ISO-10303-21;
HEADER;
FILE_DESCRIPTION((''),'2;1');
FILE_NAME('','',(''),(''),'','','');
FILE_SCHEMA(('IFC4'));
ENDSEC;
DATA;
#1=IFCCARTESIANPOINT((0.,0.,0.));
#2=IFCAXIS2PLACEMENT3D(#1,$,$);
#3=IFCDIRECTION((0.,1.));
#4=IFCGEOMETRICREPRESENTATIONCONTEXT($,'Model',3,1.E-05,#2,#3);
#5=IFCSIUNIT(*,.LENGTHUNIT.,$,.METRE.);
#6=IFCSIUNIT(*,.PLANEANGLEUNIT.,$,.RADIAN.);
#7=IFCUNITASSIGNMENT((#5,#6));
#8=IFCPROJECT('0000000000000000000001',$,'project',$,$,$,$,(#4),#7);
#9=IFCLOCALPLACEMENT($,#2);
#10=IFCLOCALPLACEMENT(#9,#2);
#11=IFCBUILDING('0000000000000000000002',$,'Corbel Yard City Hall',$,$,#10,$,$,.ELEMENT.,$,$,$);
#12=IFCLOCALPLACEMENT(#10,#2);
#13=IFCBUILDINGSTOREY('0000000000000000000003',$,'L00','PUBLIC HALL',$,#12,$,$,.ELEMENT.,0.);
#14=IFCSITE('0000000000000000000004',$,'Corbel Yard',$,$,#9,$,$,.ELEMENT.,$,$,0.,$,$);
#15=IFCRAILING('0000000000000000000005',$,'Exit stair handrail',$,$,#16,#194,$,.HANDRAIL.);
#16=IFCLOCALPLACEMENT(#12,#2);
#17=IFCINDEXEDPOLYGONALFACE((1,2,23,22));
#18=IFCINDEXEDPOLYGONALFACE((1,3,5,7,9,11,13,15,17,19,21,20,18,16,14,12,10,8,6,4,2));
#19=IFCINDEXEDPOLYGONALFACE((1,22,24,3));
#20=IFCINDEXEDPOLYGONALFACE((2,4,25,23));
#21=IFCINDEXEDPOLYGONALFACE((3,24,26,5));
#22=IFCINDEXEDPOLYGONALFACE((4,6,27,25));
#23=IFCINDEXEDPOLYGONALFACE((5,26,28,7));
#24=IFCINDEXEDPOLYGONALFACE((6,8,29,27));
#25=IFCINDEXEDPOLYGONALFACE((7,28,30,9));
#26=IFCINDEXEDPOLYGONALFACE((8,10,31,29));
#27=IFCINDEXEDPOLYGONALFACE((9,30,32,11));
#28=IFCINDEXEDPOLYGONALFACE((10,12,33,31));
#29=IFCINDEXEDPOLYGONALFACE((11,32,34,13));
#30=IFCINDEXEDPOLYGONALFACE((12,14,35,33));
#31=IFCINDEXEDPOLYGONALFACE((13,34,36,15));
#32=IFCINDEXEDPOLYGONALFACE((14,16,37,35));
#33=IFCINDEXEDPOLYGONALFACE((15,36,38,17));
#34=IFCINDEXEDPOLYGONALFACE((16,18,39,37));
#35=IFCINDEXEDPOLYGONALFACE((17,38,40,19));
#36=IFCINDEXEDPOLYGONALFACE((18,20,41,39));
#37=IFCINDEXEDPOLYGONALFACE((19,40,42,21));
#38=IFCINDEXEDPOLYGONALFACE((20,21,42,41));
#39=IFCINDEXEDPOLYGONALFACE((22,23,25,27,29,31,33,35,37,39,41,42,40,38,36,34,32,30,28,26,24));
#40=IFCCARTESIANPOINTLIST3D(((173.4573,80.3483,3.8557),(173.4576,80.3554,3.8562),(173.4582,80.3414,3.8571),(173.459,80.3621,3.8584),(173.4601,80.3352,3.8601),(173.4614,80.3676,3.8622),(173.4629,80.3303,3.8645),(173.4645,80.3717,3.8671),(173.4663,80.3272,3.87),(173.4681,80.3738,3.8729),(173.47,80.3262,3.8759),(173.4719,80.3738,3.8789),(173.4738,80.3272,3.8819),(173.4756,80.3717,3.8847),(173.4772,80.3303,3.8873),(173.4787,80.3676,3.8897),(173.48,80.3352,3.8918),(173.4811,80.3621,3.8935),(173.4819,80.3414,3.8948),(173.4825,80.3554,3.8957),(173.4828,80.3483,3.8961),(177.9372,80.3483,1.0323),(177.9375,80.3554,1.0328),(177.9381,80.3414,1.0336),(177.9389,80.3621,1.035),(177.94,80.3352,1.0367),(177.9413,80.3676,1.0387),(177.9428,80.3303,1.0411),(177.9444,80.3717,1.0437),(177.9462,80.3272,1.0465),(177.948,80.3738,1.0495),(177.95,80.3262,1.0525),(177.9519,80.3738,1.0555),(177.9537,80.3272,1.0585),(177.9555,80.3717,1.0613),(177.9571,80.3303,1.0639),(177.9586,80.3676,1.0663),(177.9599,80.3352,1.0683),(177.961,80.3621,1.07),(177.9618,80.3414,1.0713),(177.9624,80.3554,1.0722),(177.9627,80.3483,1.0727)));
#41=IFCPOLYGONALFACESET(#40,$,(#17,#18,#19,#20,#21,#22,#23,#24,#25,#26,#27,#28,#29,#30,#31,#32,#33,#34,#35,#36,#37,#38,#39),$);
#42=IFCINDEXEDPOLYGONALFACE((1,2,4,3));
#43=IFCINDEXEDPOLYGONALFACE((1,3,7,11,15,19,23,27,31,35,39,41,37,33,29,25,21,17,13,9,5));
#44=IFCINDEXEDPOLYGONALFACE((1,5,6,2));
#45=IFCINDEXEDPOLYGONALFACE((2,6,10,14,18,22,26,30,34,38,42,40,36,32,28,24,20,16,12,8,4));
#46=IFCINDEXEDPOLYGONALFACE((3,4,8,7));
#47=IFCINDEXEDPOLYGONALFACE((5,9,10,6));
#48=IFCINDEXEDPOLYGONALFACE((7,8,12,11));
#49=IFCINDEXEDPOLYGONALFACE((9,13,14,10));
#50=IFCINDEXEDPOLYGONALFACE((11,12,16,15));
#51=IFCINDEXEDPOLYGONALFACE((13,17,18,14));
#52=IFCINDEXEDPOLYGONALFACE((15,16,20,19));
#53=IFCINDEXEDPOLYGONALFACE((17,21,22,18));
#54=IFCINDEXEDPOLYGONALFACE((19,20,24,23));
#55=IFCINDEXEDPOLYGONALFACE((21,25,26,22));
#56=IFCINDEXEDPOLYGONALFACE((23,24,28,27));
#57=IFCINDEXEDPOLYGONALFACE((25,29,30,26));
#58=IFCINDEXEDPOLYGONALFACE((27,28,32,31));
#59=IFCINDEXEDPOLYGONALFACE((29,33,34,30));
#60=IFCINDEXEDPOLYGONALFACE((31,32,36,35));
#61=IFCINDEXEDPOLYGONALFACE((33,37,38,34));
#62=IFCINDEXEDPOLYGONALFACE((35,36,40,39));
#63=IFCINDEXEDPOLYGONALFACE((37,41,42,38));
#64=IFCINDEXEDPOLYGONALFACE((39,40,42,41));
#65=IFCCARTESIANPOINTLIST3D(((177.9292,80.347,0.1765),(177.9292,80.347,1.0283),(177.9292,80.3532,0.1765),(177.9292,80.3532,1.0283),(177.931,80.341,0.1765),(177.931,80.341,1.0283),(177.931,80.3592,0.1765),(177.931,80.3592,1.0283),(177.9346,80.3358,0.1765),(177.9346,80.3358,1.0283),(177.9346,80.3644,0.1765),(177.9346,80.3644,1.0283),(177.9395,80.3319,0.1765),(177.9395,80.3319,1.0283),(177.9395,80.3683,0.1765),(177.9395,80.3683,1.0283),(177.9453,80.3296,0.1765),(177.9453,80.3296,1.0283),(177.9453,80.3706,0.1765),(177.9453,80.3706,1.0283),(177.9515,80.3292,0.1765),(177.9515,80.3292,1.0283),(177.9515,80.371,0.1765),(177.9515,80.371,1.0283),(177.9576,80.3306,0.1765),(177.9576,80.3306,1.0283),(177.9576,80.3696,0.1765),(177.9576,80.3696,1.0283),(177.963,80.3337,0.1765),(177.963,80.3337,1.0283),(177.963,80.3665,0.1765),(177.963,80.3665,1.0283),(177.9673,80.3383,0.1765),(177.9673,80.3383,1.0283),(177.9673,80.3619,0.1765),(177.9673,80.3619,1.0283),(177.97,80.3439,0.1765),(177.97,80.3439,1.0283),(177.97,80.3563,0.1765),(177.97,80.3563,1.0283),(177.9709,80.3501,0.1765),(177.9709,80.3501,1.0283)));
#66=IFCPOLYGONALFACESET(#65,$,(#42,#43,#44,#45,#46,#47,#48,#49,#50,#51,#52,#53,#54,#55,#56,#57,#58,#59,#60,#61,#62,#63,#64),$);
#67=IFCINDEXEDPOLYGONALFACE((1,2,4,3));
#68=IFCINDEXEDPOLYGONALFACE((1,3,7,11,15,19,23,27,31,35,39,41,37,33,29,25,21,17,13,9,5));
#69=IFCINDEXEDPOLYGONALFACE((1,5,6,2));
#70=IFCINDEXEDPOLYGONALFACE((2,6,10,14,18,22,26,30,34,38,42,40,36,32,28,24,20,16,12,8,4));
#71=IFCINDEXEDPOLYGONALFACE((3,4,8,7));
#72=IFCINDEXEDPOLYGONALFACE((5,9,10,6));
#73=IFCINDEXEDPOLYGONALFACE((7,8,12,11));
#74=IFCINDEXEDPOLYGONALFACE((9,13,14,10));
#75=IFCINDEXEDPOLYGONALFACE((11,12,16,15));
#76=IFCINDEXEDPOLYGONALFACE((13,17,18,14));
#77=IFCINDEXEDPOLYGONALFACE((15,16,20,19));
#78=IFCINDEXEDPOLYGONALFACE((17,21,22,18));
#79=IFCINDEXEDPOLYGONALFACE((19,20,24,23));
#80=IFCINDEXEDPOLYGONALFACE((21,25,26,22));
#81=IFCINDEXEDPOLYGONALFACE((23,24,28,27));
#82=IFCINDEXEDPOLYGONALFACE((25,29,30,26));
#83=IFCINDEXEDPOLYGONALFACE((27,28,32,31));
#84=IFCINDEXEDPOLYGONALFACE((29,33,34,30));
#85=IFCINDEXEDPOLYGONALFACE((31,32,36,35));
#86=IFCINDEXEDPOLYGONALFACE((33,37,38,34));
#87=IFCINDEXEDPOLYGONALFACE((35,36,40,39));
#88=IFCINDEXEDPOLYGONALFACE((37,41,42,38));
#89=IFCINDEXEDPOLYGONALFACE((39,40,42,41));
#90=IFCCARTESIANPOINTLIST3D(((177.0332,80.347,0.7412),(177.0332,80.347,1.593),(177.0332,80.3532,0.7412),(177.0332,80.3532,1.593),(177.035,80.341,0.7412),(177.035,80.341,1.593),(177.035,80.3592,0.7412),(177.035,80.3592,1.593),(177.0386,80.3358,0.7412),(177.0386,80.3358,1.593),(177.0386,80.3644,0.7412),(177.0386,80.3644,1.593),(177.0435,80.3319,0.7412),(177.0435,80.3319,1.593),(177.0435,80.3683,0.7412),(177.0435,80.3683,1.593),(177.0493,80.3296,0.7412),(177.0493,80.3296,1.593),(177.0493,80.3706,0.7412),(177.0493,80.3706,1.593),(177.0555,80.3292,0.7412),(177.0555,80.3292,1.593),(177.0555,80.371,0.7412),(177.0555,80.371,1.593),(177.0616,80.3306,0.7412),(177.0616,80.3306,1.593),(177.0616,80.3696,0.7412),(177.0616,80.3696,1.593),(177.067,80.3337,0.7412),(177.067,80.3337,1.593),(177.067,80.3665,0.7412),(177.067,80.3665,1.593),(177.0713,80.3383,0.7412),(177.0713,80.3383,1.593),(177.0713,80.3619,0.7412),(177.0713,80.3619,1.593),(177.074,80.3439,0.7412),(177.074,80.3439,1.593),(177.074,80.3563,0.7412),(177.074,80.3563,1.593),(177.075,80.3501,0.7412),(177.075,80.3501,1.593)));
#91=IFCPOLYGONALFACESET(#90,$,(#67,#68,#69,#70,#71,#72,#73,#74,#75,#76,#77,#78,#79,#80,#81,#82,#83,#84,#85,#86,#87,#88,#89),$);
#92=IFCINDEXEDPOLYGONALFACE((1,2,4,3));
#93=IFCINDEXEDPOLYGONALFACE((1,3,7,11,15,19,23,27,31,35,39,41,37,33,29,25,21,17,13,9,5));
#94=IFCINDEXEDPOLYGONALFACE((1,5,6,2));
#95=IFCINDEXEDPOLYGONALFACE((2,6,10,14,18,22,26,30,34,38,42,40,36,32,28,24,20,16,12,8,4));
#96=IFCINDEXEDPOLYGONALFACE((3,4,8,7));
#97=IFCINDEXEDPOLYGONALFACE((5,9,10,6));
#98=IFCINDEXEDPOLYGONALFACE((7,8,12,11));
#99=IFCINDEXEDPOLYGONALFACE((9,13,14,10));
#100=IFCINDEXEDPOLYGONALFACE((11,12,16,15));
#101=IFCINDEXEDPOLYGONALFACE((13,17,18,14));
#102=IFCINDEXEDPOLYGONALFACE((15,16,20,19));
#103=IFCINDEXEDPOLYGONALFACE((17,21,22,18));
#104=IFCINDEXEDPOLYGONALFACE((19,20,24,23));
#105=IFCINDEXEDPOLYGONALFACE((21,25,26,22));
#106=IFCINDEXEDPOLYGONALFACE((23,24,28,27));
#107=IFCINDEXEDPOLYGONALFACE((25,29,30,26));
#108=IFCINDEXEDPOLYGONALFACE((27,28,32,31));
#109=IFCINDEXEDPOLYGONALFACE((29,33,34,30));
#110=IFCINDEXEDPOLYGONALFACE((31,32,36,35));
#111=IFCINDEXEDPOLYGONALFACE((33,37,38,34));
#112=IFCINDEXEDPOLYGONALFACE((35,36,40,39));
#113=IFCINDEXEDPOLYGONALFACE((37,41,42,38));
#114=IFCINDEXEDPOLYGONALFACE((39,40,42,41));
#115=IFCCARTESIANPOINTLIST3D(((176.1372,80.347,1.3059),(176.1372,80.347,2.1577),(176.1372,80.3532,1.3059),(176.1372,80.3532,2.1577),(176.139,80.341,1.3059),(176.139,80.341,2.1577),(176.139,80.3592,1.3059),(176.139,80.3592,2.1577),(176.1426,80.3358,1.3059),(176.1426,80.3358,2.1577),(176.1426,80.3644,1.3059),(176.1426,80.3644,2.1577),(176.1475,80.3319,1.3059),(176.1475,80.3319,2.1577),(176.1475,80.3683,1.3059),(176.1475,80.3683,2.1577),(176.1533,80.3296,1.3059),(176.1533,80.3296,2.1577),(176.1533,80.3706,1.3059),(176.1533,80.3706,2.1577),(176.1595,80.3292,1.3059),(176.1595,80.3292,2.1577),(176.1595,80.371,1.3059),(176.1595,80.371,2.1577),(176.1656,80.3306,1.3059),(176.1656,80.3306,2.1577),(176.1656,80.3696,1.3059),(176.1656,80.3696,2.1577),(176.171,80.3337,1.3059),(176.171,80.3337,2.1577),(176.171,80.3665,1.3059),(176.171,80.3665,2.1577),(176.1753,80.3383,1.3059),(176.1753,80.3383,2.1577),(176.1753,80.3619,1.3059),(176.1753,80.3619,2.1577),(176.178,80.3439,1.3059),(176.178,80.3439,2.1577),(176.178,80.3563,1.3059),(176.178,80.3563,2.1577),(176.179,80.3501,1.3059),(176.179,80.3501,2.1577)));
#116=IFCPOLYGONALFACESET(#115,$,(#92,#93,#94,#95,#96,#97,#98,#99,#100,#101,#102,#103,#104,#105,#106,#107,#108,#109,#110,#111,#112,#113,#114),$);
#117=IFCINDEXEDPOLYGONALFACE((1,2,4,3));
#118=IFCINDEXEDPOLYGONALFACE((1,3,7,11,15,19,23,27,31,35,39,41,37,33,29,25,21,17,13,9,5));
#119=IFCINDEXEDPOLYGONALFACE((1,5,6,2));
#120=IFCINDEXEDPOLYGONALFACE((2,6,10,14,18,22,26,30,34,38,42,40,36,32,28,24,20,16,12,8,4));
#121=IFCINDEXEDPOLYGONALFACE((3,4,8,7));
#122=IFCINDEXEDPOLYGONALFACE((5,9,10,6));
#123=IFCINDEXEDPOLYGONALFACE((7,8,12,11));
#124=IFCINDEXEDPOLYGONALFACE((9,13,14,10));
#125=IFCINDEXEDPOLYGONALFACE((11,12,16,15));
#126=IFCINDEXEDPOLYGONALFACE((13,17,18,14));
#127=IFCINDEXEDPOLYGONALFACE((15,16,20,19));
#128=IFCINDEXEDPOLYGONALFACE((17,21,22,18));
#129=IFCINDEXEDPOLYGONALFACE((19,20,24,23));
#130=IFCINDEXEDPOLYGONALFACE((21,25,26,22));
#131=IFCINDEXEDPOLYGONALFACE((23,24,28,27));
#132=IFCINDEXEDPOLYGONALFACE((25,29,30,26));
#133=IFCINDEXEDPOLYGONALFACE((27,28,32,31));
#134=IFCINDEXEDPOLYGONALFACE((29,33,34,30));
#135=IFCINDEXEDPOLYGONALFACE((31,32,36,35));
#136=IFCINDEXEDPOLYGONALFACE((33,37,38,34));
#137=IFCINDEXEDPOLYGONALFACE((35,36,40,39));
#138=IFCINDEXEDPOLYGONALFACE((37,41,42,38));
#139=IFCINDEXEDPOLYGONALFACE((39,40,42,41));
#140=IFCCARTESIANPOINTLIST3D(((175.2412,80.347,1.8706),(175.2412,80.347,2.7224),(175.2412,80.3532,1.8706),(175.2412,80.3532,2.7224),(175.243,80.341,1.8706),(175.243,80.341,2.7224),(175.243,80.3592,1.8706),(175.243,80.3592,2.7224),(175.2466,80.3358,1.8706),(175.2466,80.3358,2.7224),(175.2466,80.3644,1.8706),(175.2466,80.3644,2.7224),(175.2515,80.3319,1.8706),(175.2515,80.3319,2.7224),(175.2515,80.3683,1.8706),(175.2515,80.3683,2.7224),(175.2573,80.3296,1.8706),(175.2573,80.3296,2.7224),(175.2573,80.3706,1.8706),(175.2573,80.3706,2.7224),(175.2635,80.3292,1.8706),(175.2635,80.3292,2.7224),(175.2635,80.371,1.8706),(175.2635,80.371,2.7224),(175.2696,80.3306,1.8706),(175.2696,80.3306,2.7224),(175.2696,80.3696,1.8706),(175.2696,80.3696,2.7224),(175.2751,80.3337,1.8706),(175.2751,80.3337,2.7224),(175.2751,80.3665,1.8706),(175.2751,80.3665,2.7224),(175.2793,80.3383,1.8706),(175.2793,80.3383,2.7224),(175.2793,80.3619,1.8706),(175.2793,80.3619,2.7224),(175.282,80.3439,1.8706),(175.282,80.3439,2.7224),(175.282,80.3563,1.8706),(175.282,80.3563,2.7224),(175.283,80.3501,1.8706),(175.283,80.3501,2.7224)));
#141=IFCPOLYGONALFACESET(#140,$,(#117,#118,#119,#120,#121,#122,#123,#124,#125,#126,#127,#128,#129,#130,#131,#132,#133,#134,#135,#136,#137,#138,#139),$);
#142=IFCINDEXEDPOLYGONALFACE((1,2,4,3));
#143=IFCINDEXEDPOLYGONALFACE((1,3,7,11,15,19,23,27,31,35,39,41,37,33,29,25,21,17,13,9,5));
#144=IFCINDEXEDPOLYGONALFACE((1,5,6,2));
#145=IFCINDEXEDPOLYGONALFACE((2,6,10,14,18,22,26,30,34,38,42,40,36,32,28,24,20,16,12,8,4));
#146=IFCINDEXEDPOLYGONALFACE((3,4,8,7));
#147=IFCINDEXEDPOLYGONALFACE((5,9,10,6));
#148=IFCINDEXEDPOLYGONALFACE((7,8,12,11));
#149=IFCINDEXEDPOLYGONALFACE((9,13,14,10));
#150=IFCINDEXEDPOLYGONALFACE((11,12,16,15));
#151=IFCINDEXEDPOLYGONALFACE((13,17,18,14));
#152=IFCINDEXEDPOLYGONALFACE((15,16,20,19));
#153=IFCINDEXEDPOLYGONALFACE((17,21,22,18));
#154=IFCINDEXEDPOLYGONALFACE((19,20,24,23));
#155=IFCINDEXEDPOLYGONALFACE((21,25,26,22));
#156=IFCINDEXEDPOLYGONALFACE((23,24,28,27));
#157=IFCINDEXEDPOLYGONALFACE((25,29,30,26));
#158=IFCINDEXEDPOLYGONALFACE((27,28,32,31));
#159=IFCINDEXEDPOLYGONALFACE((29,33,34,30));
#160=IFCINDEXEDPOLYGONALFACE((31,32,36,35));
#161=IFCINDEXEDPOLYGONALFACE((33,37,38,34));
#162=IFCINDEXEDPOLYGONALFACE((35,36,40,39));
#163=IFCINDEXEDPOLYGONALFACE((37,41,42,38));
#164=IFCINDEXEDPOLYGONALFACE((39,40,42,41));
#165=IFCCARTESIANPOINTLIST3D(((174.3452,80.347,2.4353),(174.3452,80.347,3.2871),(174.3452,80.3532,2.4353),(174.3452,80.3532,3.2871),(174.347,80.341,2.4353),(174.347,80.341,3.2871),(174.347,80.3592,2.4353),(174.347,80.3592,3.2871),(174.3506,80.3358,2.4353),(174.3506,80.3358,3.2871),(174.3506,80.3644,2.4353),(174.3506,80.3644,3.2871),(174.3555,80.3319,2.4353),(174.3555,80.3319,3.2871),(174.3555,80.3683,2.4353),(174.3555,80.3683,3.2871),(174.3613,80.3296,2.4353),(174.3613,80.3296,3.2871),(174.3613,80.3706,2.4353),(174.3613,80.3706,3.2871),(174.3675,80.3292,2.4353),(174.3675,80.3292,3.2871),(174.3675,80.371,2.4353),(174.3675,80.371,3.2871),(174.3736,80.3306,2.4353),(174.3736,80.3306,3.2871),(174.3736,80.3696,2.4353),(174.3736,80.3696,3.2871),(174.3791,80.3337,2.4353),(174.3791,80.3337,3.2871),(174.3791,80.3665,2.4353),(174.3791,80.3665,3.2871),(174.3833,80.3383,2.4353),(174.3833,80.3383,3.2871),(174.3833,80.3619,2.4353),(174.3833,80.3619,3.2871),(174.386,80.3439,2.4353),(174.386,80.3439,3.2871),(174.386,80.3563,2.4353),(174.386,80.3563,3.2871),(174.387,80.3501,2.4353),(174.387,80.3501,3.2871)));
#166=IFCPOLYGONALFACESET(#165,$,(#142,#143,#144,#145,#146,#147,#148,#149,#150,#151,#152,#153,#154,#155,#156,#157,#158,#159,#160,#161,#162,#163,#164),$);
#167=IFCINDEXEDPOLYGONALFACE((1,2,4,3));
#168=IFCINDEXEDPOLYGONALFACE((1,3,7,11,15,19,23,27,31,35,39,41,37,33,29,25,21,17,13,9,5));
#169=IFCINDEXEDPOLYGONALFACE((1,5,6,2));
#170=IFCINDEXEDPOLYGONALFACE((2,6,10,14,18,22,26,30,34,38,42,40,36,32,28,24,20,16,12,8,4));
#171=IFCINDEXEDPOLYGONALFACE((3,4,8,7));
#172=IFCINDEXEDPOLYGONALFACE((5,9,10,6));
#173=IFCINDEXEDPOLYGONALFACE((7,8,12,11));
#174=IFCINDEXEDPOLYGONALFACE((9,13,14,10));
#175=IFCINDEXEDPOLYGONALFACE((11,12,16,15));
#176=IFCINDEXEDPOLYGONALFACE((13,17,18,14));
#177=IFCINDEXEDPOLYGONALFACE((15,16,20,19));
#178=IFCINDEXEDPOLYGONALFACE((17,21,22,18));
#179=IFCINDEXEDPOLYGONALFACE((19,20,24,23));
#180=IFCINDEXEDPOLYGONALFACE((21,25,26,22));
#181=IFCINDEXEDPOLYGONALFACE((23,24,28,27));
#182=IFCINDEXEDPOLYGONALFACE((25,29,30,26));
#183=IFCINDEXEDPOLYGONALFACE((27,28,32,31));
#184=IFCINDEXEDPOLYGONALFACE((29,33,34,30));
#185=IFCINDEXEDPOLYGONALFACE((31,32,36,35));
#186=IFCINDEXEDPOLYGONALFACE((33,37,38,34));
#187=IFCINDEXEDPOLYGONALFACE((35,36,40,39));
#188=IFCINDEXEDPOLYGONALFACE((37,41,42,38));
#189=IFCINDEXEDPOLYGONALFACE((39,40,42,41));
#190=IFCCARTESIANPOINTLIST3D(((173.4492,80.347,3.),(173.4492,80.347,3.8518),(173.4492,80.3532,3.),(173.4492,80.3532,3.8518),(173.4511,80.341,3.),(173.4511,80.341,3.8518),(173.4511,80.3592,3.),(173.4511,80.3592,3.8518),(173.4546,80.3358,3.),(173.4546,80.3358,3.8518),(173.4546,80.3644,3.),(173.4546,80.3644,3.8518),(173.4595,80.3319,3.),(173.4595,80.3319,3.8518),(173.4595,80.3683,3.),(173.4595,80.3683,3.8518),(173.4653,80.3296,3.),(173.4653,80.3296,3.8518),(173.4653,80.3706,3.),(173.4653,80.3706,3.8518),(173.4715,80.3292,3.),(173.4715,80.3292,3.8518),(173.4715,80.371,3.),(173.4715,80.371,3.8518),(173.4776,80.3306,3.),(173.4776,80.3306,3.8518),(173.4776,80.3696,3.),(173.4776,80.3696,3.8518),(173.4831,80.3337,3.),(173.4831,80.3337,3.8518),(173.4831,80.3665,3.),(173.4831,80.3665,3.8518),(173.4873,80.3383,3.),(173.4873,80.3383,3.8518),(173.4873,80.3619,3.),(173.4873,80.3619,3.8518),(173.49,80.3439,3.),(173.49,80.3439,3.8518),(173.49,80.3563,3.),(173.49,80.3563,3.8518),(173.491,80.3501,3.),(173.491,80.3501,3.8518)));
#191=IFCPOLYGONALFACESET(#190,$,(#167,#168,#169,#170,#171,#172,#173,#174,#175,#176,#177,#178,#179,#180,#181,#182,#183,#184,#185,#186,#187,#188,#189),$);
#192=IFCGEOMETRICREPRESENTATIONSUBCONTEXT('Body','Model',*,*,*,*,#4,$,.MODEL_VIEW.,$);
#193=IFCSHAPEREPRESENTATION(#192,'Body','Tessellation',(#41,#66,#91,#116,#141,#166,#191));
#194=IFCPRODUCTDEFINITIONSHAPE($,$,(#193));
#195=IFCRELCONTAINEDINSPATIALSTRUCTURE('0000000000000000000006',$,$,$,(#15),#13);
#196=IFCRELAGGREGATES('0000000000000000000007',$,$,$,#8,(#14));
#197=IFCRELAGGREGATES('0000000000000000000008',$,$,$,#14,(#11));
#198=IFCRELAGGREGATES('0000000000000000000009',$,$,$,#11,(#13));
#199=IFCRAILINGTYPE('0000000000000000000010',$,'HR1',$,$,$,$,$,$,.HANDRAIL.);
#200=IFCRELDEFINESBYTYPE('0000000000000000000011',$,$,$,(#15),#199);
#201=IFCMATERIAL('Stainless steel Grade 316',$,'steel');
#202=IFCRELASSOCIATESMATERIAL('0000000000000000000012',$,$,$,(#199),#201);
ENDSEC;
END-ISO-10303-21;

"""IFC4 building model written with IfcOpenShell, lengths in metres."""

from ifc_helpers import new_model, si_unit, direction, frame, origin, origin_2d, place, context, subcontext, project, spatial, circle, extrude, material, type_object, element, save


model = new_model("IFC4")

# Units and contexts
model_context = context("Model", 3, precision=1e-05, world=origin(), true_north=direction((0.0, 1.0)))
body_context = subcontext(model_context, "Body", "Model", "MODEL_VIEW")
ifc_project = project(units=[si_unit("LENGTHUNIT", "METRE"), si_unit("PLANEANGLEUNIT", "RADIAN")], contexts=[model_context])

# Site, building, storey
site_placement = place(None, origin())
site = spatial("IfcSite", under=ifc_project, at=site_placement, Name="Corbel Yard", CompositionType="ELEMENT", RefElevation=0.0)
building_placement = place(site_placement, origin())
building = spatial("IfcBuilding", under=site, at=building_placement, Name="Corbel Yard City Hall", CompositionType="ELEMENT")
storey_placement = place(building_placement, origin())
storey = spatial("IfcBuildingStorey", under=building, at=storey_placement, Name="L00", Description="PUBLIC HALL", CompositionType="ELEMENT", Elevation=0.0)

# Shared definitions
ifc_material_1 = material(Name="Stainless steel Grade 316", Category="steel")

# Railing
railing_type = type_object("IfcRailingType", Name="HR1", PredefinedType="HANDRAIL", material=ifc_material_1)
for number, where, name in (
    (1, (177.95, 80.3501, 0.1765), "Exit stair handrail"),
):
    element("IfcRailing", number, at=place(storey_placement, frame(where)), inside=storey, type_object=railing_type, Name=name, PredefinedType="HANDRAIL", context=body_context, shape_type="SweptSolid", body=[
        extrude(circle(Radius=0.0239, at=origin_2d()), frame((0.0, 0.0, 0.876), z_axis=(-0.845998, 0.0, 0.533186), x_axis=(0.0, -1.0, 0.0)), (0.0, 0.0, 1.0), 5.2954),
        extrude(circle(Radius=0.021, at=origin_2d()), origin(), (0.0, 0.0, 1.0), 0.8518),
        extrude(circle(Radius=0.021, at=origin_2d()), frame((-0.896, 0.0, 0.5647)), (0.0, 0.0, 1.0), 0.8518),
        extrude(circle(Radius=0.021, at=origin_2d()), frame((-1.792, 0.0, 1.1294)), (0.0, 0.0, 1.0), 0.8518),
        extrude(circle(Radius=0.021, at=origin_2d()), frame((-2.688, 0.0, 1.6941)), (0.0, 0.0, 1.0), 0.8518),
        extrude(circle(Radius=0.021, at=origin_2d()), frame((-3.584, 0.0, 2.2588)), (0.0, 0.0, 1.0), 0.8518),
        extrude(circle(Radius=0.021, at=origin_2d()), frame((-4.48, 0.0, 2.8235)), (0.0, 0.0, 1.0), 0.8518),
    ])

save(model, "model.ifc")
